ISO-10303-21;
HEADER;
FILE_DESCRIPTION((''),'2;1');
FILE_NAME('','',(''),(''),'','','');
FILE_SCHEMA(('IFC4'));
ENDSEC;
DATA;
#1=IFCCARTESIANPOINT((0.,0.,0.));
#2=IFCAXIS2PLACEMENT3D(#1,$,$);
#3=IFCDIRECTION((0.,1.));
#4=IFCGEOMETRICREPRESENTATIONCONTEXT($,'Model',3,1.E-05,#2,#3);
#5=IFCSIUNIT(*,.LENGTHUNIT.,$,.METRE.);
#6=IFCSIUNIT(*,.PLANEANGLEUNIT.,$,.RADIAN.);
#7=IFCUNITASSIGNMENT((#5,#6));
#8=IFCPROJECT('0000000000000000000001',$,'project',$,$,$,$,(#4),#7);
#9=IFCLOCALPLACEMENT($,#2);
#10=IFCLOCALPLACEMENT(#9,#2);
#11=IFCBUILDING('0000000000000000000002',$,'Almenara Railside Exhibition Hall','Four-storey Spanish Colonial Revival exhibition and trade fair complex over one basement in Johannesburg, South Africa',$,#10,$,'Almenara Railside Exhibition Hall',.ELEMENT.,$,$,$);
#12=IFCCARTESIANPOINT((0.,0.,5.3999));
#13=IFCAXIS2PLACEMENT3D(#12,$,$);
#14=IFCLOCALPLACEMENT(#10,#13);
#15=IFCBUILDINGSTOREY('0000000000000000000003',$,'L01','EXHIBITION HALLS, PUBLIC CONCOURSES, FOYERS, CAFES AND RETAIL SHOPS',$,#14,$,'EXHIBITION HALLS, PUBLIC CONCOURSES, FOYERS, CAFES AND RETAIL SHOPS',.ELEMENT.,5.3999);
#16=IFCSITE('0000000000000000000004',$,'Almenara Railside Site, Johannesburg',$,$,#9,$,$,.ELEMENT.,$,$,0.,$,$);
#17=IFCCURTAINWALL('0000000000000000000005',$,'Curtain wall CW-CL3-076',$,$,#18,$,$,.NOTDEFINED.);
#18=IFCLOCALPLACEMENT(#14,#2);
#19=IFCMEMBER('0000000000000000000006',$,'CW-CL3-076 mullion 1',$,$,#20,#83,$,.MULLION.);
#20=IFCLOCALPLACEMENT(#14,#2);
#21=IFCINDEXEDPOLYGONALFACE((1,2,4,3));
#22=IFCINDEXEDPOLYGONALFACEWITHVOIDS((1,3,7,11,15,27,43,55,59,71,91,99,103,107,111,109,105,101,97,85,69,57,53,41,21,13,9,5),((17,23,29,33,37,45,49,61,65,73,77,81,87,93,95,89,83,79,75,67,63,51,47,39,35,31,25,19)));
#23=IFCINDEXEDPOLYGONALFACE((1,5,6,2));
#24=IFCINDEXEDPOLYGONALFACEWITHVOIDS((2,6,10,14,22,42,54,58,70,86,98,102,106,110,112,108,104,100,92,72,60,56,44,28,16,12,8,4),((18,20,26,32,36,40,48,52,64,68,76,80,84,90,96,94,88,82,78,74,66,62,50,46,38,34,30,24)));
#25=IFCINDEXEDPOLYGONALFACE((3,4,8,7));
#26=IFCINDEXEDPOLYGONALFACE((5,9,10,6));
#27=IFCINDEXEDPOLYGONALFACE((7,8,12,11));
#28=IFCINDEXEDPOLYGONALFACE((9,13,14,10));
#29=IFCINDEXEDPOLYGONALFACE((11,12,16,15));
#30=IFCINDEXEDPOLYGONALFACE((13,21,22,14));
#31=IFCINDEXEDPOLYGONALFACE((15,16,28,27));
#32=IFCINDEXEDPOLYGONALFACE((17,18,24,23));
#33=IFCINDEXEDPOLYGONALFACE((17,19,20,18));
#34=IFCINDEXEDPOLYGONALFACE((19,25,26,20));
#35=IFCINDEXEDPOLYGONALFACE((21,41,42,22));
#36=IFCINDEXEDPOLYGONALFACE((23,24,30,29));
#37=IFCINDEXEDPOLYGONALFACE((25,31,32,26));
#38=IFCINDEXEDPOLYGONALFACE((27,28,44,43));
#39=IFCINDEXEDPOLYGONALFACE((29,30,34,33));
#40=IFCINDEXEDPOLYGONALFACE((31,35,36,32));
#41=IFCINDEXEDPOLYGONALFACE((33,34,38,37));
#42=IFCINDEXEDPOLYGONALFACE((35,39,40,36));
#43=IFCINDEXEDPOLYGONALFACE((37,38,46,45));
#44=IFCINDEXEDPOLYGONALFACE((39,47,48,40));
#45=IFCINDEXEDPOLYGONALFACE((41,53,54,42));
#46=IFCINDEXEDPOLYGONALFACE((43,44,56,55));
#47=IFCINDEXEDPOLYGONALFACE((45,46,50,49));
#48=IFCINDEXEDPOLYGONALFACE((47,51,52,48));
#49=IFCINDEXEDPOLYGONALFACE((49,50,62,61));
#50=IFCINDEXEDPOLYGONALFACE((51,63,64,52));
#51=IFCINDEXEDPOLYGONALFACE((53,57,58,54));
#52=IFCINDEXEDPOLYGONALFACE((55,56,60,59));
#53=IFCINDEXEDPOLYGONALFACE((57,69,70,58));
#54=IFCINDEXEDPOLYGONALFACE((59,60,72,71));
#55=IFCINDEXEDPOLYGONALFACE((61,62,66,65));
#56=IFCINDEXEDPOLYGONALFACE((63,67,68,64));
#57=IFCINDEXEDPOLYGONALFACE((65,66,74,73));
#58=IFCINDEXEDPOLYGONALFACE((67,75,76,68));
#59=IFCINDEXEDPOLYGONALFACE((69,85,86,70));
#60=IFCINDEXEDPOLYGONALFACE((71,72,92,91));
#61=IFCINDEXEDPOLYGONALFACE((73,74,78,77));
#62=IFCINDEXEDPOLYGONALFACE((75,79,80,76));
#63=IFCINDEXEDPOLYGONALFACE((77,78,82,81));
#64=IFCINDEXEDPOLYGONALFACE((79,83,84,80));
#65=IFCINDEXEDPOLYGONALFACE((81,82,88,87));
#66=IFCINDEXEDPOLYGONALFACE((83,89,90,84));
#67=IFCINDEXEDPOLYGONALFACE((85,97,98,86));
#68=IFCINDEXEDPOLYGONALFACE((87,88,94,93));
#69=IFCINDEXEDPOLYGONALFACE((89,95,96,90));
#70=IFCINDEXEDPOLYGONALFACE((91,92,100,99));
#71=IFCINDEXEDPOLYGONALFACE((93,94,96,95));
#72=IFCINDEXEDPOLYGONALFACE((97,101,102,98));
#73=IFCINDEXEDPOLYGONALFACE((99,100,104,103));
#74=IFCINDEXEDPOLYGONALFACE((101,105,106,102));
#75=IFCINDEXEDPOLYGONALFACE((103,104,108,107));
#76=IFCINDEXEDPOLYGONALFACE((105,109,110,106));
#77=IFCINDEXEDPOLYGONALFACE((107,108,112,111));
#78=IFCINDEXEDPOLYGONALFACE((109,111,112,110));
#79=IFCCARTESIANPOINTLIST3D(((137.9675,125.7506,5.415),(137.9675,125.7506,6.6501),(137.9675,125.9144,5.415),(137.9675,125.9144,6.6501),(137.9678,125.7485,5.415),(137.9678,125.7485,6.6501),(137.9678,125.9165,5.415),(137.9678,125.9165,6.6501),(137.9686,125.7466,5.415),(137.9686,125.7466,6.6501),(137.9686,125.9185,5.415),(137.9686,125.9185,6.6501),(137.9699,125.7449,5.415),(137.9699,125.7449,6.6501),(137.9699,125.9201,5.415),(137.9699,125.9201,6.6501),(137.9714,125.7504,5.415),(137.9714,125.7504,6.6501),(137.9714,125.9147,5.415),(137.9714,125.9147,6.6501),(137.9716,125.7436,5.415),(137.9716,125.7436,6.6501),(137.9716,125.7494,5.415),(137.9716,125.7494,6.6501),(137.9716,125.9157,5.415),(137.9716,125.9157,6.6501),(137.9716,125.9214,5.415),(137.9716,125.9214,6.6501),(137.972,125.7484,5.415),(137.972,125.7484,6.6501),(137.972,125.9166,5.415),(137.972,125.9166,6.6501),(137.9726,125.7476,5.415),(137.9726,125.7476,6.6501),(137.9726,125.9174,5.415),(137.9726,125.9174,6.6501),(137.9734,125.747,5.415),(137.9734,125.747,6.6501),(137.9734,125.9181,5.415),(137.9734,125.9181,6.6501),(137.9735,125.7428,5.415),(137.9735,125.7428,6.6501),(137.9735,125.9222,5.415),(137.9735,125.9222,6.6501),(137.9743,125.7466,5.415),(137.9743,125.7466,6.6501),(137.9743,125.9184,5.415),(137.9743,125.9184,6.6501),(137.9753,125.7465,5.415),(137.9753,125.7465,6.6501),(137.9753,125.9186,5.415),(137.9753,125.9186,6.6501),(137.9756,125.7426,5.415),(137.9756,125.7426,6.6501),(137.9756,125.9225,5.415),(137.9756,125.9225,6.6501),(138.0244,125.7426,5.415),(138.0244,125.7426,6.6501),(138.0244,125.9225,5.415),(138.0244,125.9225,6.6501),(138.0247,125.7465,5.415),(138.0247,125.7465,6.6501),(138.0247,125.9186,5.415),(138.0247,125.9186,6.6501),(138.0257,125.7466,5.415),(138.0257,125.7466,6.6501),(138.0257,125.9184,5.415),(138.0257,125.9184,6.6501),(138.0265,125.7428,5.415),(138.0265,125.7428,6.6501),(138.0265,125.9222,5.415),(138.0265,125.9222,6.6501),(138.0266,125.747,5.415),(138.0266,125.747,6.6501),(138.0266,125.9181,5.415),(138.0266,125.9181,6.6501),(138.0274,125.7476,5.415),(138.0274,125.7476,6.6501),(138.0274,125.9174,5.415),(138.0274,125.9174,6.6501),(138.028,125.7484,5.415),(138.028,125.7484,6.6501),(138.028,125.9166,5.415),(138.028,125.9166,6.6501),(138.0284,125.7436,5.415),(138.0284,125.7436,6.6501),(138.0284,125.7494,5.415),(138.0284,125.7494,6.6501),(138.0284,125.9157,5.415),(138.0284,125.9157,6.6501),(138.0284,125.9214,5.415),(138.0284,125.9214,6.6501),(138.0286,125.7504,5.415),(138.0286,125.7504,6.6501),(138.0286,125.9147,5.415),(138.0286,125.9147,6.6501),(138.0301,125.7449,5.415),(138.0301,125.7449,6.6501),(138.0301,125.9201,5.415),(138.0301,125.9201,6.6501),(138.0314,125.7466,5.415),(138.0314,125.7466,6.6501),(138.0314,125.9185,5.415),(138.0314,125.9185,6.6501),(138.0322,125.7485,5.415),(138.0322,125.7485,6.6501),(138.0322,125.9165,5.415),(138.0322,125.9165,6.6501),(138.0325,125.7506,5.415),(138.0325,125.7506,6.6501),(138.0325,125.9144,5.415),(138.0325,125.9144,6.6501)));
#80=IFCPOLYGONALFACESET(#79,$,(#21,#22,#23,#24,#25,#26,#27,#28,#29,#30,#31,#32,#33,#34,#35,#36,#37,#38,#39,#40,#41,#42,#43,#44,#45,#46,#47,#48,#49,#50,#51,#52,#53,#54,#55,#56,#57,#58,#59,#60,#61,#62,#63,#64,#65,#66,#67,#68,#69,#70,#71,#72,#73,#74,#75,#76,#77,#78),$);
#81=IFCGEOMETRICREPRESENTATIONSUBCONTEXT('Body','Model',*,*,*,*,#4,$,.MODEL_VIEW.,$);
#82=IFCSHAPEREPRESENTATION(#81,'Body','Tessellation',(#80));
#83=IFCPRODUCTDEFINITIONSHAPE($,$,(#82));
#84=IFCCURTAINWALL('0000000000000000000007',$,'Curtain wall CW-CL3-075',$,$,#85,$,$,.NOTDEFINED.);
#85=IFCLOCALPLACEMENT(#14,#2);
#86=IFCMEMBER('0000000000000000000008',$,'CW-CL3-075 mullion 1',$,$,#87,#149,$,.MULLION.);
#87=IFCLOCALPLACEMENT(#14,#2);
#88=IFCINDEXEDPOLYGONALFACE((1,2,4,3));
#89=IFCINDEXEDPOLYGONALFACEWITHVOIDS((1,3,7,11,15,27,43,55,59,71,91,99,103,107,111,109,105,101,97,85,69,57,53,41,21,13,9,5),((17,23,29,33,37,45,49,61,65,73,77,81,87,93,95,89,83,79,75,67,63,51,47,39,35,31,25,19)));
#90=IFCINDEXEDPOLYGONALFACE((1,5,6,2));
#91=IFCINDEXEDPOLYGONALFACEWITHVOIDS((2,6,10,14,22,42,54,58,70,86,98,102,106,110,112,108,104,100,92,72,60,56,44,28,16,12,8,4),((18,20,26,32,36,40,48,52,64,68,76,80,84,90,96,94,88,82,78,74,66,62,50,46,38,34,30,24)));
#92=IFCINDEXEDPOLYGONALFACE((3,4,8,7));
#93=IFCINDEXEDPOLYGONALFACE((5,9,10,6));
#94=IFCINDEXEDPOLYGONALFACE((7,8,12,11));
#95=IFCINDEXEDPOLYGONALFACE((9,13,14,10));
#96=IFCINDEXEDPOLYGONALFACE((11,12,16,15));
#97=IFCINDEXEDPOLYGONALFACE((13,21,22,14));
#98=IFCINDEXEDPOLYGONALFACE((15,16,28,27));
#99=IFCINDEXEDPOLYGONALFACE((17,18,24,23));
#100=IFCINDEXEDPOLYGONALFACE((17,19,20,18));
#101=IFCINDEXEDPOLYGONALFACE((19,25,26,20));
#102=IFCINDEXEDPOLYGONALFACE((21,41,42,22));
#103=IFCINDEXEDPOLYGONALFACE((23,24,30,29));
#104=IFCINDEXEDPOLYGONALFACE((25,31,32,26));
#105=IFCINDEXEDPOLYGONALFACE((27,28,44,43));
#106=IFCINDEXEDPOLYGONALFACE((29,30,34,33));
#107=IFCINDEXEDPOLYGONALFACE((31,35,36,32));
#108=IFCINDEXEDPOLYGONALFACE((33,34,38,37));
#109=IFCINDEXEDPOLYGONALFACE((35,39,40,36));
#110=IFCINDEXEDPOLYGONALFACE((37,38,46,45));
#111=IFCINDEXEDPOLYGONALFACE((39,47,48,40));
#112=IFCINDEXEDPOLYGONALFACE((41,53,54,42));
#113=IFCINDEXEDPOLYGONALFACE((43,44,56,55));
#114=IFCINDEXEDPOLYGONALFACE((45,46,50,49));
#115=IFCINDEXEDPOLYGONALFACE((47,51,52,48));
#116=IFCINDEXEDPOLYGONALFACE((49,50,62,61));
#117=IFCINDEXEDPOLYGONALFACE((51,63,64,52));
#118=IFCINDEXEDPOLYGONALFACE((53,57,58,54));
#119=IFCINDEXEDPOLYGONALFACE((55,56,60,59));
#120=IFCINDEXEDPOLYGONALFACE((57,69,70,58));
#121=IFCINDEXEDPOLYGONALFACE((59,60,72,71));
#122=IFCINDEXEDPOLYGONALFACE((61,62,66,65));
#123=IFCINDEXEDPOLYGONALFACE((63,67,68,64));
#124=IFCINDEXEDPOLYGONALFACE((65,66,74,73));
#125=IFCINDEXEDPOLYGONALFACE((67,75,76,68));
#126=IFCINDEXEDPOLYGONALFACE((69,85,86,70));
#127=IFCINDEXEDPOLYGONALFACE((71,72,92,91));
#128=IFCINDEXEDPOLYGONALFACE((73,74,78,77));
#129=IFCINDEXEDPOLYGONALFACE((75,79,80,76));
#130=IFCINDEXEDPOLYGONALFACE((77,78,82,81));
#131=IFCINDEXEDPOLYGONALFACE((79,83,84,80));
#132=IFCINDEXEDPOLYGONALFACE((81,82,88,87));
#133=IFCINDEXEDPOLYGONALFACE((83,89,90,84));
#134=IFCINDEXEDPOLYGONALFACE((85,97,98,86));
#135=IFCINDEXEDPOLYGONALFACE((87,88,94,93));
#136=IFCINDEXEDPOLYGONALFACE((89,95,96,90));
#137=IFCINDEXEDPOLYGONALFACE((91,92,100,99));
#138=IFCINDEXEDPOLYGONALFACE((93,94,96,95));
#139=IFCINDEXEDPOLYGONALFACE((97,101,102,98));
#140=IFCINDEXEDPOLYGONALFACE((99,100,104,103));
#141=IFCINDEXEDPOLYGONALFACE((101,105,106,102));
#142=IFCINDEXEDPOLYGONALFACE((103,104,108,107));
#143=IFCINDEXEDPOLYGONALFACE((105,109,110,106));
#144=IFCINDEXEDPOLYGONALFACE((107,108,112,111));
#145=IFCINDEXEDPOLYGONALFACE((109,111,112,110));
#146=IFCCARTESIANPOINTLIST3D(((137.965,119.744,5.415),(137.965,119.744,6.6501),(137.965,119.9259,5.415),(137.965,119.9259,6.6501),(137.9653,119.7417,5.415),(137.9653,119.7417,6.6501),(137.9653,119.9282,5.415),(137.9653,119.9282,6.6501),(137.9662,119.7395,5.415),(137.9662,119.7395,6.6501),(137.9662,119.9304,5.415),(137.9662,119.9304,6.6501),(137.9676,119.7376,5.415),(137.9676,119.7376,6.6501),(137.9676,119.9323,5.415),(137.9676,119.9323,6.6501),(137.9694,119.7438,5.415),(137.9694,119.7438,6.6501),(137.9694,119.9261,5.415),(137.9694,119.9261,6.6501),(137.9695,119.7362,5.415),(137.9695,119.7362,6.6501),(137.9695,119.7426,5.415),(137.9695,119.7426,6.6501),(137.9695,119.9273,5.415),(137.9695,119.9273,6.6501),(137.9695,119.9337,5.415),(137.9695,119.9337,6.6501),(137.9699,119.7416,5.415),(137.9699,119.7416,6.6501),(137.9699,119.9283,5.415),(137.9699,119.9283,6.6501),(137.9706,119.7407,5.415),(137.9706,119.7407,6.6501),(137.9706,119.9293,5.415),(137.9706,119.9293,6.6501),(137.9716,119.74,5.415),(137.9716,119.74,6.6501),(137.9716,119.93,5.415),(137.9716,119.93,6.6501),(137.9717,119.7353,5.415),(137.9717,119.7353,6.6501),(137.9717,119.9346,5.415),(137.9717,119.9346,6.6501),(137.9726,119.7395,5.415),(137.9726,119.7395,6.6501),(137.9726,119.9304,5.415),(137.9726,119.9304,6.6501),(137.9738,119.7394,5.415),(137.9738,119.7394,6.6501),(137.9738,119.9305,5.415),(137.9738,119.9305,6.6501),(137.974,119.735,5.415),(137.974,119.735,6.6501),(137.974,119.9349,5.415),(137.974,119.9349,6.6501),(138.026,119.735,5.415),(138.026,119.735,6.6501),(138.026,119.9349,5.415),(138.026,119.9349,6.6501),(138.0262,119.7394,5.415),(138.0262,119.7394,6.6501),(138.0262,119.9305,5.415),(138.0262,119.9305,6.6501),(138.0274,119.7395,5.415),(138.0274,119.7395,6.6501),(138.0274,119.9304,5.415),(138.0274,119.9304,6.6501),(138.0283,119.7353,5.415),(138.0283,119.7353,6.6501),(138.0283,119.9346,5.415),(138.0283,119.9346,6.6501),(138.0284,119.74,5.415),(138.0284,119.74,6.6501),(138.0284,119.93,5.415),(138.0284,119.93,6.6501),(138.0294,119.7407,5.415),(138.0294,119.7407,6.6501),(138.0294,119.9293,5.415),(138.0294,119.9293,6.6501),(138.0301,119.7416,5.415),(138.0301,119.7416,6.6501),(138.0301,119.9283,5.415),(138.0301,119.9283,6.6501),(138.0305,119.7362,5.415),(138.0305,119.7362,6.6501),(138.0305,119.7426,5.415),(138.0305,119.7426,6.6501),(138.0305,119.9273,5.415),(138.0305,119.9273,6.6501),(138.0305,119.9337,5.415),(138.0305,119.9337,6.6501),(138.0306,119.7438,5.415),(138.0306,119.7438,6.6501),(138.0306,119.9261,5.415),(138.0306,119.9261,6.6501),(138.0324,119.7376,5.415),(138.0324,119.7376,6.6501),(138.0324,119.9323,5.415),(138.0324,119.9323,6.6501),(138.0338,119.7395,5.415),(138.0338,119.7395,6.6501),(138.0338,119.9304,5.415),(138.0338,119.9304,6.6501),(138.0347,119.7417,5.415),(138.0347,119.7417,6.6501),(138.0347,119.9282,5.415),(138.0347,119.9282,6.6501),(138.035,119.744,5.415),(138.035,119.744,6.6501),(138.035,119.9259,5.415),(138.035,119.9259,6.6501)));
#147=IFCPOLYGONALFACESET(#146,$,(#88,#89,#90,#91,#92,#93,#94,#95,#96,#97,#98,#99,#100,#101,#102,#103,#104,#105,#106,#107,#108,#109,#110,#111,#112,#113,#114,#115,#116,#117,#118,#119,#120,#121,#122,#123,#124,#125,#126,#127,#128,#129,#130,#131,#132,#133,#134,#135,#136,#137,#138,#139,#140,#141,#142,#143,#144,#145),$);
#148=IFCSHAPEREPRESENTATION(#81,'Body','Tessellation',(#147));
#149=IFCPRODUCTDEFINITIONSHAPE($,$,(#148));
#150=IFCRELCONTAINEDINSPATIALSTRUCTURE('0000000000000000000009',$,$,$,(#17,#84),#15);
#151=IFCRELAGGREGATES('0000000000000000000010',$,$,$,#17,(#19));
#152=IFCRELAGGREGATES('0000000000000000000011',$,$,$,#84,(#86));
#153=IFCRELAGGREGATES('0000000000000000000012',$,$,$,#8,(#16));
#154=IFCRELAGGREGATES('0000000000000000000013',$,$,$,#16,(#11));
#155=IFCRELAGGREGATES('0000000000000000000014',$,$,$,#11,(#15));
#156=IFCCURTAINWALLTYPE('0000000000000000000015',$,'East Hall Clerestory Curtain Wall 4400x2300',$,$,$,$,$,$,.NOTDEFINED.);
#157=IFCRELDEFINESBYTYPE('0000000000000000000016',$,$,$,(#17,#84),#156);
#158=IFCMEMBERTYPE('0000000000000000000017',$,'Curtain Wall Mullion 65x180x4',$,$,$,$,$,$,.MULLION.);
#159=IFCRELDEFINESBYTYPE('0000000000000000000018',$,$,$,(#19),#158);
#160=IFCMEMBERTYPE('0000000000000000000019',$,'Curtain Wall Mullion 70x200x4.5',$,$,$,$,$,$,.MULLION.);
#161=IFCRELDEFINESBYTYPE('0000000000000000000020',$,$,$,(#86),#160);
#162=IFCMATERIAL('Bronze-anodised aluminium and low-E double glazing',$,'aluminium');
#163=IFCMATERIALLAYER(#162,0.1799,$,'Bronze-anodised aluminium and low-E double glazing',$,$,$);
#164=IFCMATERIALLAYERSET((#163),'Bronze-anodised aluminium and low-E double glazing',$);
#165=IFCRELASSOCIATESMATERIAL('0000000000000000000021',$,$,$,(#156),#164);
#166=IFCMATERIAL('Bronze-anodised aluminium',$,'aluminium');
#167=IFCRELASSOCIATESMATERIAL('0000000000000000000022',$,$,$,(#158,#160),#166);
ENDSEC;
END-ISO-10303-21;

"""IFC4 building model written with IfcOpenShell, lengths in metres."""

from ifc_helpers import new_model, si_unit, direction, frame, origin, origin_2d, place, context, subcontext, project, spatial, hollow_rectangle, extrude, material, layer, layer_set, material_profile, profile_set, type_object, element, aggregate, save


model = new_model("IFC4")

# Units and contexts
model_context = context("Model", 3, precision=1e-05, world=origin(), true_north=direction((0.0, 1.0)))
body_context = subcontext(model_context, "Body", "Model", "MODEL_VIEW")
ifc_project = project(units=[si_unit("LENGTHUNIT", "METRE"), si_unit("PLANEANGLEUNIT", "RADIAN")], contexts=[model_context])

# Site, building, storey
site_placement = place(None, origin())
site = spatial("IfcSite", under=ifc_project, at=site_placement, Name="Almenara Railside Site, Johannesburg", CompositionType="ELEMENT", RefElevation=0.0)
building_placement = place(site_placement, origin())
building = spatial("IfcBuilding", under=site, at=building_placement, Name="Almenara Railside Exhibition Hall", Description="Four-storey Spanish Colonial Revival exhibition and trade fair complex over one basement in Johannesburg, South Africa", LongName="Almenara Railside Exhibition Hall", CompositionType="ELEMENT")
storey_placement = place(building_placement, frame((0.0, 0.0, 5.3999)))
storey = spatial("IfcBuildingStorey", under=building, at=storey_placement, Name="L01", Description="EXHIBITION HALLS, PUBLIC CONCOURSES, FOYERS, CAFES AND RETAIL SHOPS", LongName="EXHIBITION HALLS, PUBLIC CONCOURSES, FOYERS, CAFES AND RETAIL SHOPS", CompositionType="ELEMENT", Elevation=5.3999)

# Curtain wall, member
ifc_material_1 = material(Name="Bronze-anodised aluminium and low-E double glazing", Category="aluminium")
ifc_layer_1 = layer(ifc_material_1, 0.1799, Name="Bronze-anodised aluminium and low-E double glazing")
ifc_layer_set_1 = layer_set([ifc_layer_1], Name="Bronze-anodised aluminium and low-E double glazing")
curtain_wall_type = type_object("IfcCurtainWallType", Name="East Hall Clerestory Curtain Wall 4400x2300", PredefinedType="NOTDEFINED", material=ifc_layer_set_1)
curtain_wall_1_placement = place(storey_placement, origin())
curtain_wall_1 = element("IfcCurtainWall", 1, at=curtain_wall_1_placement, inside=storey, type_object=curtain_wall_type, Name="Curtain wall CW-CL3-076", PredefinedType="NOTDEFINED")
ifc_material_2 = material(Name="Bronze-anodised aluminium", Category="aluminium")
ifc_material_profile_1 = material_profile(ifc_material_2, hollow_rectangle(XDim=0.0649, YDim=0.1799, WallThickness=0.0039, InnerFilletRadius=0.0039, OuterFilletRadius=0.0081, at=origin_2d()), Name="ALU-MUL 65x180x4")
ifc_profile_set_1 = profile_set([ifc_material_profile_1], Name="Bronze-anodised aluminium")
member_type_1 = type_object("IfcMemberType", Name="Curtain Wall Mullion 65x180x4", PredefinedType="MULLION", material=ifc_profile_set_1)
member_1_placement = place(storey_placement, frame((138.0, 125.8325, 5.415), z_axis=(0.0, 0.0, 1.0), x_axis=(-1.0, 0.0, 0.0)))
member_1 = element("IfcMember", 2, at=member_1_placement, type_object=member_type_1, Name="CW-CL3-076 mullion 1", PredefinedType="MULLION", context=body_context, shape_type="SweptSolid", body=[
    extrude(hollow_rectangle(XDim=0.0649, YDim=0.1799, WallThickness=0.0039, InnerFilletRadius=0.0039, OuterFilletRadius=0.0081, at=origin_2d()), origin(), (0.0, 0.0, 1.0), 1.2351),
])

# Curtain wall, member
curtain_wall_2_placement = place(storey_placement, origin())
curtain_wall_2 = element("IfcCurtainWall", 3, at=curtain_wall_2_placement, inside=storey, type_object=curtain_wall_type, Name="Curtain wall CW-CL3-075", PredefinedType="NOTDEFINED")
ifc_material_profile_2 = material_profile(ifc_material_2, hollow_rectangle(XDim=0.0701, YDim=0.2, WallThickness=0.0044, InnerFilletRadius=0.0044, OuterFilletRadius=0.009, at=origin_2d()), Name="ALU-MUL 70x200x4.5")
ifc_profile_set_2 = profile_set([ifc_material_profile_2], Name="Bronze-anodised aluminium")
member_type_2 = type_object("IfcMemberType", Name="Curtain Wall Mullion 70x200x4.5", PredefinedType="MULLION", material=ifc_profile_set_2)
member_2_placement = place(storey_placement, frame((138.0, 119.835, 5.415), z_axis=(0.0, 0.0, 1.0), x_axis=(-1.0, 0.0, 0.0)))
member_2 = element("IfcMember", 4, at=member_2_placement, type_object=member_type_2, Name="CW-CL3-075 mullion 1", PredefinedType="MULLION", context=body_context, shape_type="SweptSolid", body=[
    extrude(hollow_rectangle(XDim=0.0701, YDim=0.2, WallThickness=0.0044, InnerFilletRadius=0.0044, OuterFilletRadius=0.009, at=origin_2d()), origin(), (0.0, 0.0, 1.0), 1.2351),
])

aggregate(curtain_wall_1, [member_1])

aggregate(curtain_wall_2, [member_2])

save(model, "model.ifc")
